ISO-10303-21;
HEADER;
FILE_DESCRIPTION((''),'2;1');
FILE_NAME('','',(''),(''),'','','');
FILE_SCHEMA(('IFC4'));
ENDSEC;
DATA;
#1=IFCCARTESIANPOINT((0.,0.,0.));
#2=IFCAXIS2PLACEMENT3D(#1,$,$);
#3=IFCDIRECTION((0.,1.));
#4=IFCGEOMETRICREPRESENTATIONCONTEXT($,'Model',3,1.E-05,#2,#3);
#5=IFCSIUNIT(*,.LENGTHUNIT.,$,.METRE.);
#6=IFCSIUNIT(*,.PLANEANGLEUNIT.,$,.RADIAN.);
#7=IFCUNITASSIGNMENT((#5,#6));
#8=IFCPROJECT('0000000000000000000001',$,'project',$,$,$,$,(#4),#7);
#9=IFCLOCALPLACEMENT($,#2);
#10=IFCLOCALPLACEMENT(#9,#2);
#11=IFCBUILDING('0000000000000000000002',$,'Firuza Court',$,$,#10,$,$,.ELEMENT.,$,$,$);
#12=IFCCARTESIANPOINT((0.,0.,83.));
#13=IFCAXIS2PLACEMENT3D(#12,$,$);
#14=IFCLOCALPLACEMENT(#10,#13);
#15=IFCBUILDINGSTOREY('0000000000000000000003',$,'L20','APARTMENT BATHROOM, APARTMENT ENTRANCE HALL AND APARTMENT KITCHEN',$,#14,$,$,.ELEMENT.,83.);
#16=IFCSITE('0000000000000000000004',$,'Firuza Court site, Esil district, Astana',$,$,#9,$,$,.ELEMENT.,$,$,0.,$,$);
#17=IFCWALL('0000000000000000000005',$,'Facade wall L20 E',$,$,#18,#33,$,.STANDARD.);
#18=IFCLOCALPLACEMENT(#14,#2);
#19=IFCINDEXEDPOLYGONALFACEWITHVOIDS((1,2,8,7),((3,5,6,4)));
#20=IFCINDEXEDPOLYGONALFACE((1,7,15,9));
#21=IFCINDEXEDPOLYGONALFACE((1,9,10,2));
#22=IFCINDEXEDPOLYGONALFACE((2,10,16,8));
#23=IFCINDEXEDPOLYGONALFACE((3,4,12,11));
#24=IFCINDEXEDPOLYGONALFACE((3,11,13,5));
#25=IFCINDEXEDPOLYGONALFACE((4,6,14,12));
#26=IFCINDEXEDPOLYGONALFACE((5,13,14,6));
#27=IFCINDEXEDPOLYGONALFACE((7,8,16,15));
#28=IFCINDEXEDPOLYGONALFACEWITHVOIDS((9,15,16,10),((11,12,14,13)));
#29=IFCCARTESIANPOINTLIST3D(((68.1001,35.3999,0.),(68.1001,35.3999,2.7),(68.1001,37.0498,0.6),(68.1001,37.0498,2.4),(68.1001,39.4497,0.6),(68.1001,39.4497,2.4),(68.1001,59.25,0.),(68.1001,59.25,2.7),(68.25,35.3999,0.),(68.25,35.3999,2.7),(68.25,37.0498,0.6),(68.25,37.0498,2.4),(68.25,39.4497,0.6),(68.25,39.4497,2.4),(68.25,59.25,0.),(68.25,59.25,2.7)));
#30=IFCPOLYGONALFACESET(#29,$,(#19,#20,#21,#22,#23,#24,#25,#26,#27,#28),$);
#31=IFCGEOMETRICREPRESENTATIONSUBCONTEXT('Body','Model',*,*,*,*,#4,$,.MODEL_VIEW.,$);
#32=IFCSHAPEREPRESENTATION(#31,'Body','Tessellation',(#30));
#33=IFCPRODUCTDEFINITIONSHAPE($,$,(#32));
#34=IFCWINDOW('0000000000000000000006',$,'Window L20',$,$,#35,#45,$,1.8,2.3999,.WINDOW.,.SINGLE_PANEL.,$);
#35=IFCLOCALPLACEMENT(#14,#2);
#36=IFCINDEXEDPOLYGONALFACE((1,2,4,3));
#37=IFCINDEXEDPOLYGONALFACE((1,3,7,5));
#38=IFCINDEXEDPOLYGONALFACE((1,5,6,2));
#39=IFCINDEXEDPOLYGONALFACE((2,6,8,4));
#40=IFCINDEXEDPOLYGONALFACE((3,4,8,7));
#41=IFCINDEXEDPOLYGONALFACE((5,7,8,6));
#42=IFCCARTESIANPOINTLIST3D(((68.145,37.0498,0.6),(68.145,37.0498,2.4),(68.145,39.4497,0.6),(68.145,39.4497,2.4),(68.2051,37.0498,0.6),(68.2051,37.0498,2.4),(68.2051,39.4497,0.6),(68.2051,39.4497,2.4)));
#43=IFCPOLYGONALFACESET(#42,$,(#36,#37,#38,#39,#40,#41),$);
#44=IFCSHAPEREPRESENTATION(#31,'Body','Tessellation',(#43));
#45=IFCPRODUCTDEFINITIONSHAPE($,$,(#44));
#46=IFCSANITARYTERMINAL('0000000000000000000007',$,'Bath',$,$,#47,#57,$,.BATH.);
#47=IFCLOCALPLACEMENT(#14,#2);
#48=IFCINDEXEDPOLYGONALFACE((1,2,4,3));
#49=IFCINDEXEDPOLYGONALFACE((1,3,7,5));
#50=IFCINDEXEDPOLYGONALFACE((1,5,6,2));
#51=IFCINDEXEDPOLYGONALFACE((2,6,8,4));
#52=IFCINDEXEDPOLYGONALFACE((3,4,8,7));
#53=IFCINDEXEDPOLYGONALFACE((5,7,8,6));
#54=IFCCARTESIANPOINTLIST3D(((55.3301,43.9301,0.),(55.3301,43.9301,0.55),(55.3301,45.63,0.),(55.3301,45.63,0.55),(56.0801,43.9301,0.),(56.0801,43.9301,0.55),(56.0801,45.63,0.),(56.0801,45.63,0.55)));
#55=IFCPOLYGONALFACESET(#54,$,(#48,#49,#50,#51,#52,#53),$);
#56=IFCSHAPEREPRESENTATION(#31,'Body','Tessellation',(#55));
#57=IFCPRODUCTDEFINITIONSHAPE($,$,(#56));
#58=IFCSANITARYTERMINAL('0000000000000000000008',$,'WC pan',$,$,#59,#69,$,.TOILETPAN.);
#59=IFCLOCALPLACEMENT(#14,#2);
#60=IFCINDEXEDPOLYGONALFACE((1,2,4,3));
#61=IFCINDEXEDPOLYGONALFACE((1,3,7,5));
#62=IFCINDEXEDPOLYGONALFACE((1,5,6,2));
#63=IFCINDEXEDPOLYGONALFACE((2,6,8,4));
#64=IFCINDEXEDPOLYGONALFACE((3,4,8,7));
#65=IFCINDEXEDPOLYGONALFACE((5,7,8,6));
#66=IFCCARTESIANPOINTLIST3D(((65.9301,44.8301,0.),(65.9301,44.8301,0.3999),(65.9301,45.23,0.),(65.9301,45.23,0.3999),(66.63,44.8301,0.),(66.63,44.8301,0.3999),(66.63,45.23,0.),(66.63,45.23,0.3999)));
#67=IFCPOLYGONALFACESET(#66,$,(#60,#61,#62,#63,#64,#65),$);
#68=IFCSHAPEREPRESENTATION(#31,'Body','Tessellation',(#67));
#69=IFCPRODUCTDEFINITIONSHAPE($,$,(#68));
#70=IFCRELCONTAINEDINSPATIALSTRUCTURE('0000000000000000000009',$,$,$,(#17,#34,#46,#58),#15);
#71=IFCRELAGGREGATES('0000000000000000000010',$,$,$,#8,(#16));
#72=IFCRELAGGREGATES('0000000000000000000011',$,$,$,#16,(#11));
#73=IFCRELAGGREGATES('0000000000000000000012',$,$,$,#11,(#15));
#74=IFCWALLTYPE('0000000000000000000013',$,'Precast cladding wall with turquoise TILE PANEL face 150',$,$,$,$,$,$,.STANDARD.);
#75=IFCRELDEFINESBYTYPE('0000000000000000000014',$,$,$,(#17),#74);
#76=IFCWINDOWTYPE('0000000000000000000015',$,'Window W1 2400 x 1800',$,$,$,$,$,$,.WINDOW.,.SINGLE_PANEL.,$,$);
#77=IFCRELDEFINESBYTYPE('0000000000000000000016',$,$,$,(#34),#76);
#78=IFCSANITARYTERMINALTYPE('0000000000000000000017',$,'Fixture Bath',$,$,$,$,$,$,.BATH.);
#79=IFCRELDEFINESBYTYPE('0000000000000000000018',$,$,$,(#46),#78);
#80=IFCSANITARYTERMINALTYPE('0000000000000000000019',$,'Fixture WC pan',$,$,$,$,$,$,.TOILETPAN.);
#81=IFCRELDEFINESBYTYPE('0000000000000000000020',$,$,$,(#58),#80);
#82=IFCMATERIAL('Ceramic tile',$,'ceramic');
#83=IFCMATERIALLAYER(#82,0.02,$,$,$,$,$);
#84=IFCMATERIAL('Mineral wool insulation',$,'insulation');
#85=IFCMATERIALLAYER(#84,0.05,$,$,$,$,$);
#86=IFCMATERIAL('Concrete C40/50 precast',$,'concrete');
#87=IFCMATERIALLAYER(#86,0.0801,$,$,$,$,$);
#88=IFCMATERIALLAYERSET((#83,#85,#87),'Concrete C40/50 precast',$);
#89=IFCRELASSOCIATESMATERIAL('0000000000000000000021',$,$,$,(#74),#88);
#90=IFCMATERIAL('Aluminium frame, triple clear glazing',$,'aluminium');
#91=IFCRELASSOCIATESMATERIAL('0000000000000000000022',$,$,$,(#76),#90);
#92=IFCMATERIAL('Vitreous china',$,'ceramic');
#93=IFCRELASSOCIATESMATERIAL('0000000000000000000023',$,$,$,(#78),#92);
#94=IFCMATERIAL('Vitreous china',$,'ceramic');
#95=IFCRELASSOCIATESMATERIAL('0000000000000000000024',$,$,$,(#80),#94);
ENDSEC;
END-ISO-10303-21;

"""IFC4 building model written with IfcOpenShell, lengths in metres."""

from ifc_helpers import new_model, si_unit, direction, frame, frame_2d, origin, origin_2d, place, context, subcontext, project, spatial, rectangle, extrude, material, layer, layer_set, type_object, element, fill, save


model = new_model("IFC4")

# Units and contexts
model_context = context("Model", 3, precision=1e-05, world=origin(), true_north=direction((0.0, 1.0)))
body_context = subcontext(model_context, "Body", "Model", "MODEL_VIEW")
ifc_project = project(units=[si_unit("LENGTHUNIT", "METRE"), si_unit("PLANEANGLEUNIT", "RADIAN")], contexts=[model_context])

# Site, building, storey
site_placement = place(None, origin())
site = spatial("IfcSite", under=ifc_project, at=site_placement, Name="Firuza Court site, Esil district, Astana", CompositionType="ELEMENT", RefElevation=0.0)
building_placement = place(site_placement, origin())
building = spatial("IfcBuilding", under=site, at=building_placement, Name="Firuza Court", CompositionType="ELEMENT")
storey_placement = place(building_placement, frame((0.0, 0.0, 83.0)))
storey = spatial("IfcBuildingStorey", under=building, at=storey_placement, Name="L20", Description="APARTMENT BATHROOM, APARTMENT ENTRANCE HALL AND APARTMENT KITCHEN", CompositionType="ELEMENT", Elevation=83.0)

# Wall, opening, window
ifc_material_1 = material(Name="Ceramic tile", Category="ceramic")
ifc_layer_1 = layer(ifc_material_1, 0.02)
ifc_material_2 = material(Name="Mineral wool insulation", Category="insulation")
ifc_layer_2 = layer(ifc_material_2, 0.05)
ifc_material_3 = material(Name="Concrete C40/50 precast", Category="concrete")
ifc_layer_3 = layer(ifc_material_3, 0.0801)
ifc_layer_set_1 = layer_set([ifc_layer_1, ifc_layer_2, ifc_layer_3], Name="Concrete C40/50 precast")
wall_type_1 = type_object("IfcWallType", Name="Precast cladding wall with turquoise TILE PANEL face 150", PredefinedType="STANDARD", material=ifc_layer_set_1)
wall_1_placement = place(storey_placement, frame((68.175, 35.3999, 0.0), z_axis=(0.0, 0.0, 1.0), x_axis=(0.0, 1.0, 0.0)))
wall_1 = element("IfcWall", 1, at=wall_1_placement, inside=storey, type_object=wall_type_1, Name="Facade wall L20 E", PredefinedType="STANDARD", context=body_context, shape_type="SweptSolid", body=[
    extrude(rectangle(XDim=23.8501, YDim=0.1499, at=frame_2d((11.925, 0.0))), origin(), (0.0, 0.0, 1.0), 2.7),
])
opening_1_placement = place(wall_1_placement, frame((1.6499, 0.0, 0.6001)))
opening_1 = element("IfcOpeningElement", 2, at=opening_1_placement, cuts=wall_1, PredefinedType="OPENING", context=body_context, shape_type="SweptSolid", body=[
    extrude(rectangle(XDim=2.3999, YDim=1.8, at=frame_2d((1.2, 0.8999))), frame((0.0, 0.0869, 0.0), z_axis=(0.0, -1.0, 0.0), x_axis=(1.0, 0.0, 0.0)), (0.0, 0.0, 1.0), 0.1738),
])
ifc_material_4 = material(Name="Aluminium frame, triple clear glazing", Category="aluminium")
window_type = type_object("IfcWindowType", Name="Window W1 2400 x 1800", PartitioningType="SINGLE_PANEL", PredefinedType="WINDOW", material=ifc_material_4)
window_placement = place(opening_1_placement, origin())
window = element("IfcWindow", 3, at=window_placement, inside=storey, type_object=window_type, Name="Window L20", OverallHeight=1.8, OverallWidth=2.3999, PartitioningType="SINGLE_PANEL", PredefinedType="WINDOW", context=body_context, shape_type="SweptSolid", body=[
    extrude(rectangle(XDim=2.3999, YDim=1.8, at=frame_2d((1.2, 0.8999))), frame((0.0, 0.03, 0.0), z_axis=(0.0, -1.0, 0.0), x_axis=(1.0, 0.0, 0.0)), (0.0, 0.0, 1.0), 0.0601),
])
fill(opening_1, window)

# Sanitary terminals
ifc_material_5 = material(Name="Vitreous china", Category="ceramic")
sanitary_terminal_type_1 = type_object("IfcSanitaryTerminalType", Name="Fixture Bath", PredefinedType="BATH", material=ifc_material_5)
sanitary_terminal_1_placement = place(storey_placement, frame((55.7051, 44.78, 0.0), z_axis=(0.0, 0.0, 1.0), x_axis=(1.0, 0.0, 0.0)))
element("IfcSanitaryTerminal", 4, at=sanitary_terminal_1_placement, inside=storey, type_object=sanitary_terminal_type_1, Name="Bath", PredefinedType="BATH", context=body_context, shape_type="SweptSolid", body=[
    extrude(rectangle(XDim=0.75, YDim=1.7, at=origin_2d()), origin(), (0.0, 0.0, 1.0), 0.55),
])
ifc_material_6 = material(Name="Vitreous china", Category="ceramic")
sanitary_terminal_type_2 = type_object("IfcSanitaryTerminalType", Name="Fixture WC pan", PredefinedType="TOILETPAN", material=ifc_material_6)
sanitary_terminal_2_placement = place(storey_placement, frame((66.28, 45.03, 0.0), z_axis=(0.0, 0.0, 1.0), x_axis=(1.0, 0.0, 0.0)))
element("IfcSanitaryTerminal", 5, at=sanitary_terminal_2_placement, inside=storey, type_object=sanitary_terminal_type_2, Name="WC pan", PredefinedType="TOILETPAN", context=body_context, shape_type="SweptSolid", body=[
    extrude(rectangle(XDim=0.7, YDim=0.3999, at=origin_2d()), origin(), (0.0, 0.0, 1.0), 0.3999),
])

save(model, "model.ifc")
